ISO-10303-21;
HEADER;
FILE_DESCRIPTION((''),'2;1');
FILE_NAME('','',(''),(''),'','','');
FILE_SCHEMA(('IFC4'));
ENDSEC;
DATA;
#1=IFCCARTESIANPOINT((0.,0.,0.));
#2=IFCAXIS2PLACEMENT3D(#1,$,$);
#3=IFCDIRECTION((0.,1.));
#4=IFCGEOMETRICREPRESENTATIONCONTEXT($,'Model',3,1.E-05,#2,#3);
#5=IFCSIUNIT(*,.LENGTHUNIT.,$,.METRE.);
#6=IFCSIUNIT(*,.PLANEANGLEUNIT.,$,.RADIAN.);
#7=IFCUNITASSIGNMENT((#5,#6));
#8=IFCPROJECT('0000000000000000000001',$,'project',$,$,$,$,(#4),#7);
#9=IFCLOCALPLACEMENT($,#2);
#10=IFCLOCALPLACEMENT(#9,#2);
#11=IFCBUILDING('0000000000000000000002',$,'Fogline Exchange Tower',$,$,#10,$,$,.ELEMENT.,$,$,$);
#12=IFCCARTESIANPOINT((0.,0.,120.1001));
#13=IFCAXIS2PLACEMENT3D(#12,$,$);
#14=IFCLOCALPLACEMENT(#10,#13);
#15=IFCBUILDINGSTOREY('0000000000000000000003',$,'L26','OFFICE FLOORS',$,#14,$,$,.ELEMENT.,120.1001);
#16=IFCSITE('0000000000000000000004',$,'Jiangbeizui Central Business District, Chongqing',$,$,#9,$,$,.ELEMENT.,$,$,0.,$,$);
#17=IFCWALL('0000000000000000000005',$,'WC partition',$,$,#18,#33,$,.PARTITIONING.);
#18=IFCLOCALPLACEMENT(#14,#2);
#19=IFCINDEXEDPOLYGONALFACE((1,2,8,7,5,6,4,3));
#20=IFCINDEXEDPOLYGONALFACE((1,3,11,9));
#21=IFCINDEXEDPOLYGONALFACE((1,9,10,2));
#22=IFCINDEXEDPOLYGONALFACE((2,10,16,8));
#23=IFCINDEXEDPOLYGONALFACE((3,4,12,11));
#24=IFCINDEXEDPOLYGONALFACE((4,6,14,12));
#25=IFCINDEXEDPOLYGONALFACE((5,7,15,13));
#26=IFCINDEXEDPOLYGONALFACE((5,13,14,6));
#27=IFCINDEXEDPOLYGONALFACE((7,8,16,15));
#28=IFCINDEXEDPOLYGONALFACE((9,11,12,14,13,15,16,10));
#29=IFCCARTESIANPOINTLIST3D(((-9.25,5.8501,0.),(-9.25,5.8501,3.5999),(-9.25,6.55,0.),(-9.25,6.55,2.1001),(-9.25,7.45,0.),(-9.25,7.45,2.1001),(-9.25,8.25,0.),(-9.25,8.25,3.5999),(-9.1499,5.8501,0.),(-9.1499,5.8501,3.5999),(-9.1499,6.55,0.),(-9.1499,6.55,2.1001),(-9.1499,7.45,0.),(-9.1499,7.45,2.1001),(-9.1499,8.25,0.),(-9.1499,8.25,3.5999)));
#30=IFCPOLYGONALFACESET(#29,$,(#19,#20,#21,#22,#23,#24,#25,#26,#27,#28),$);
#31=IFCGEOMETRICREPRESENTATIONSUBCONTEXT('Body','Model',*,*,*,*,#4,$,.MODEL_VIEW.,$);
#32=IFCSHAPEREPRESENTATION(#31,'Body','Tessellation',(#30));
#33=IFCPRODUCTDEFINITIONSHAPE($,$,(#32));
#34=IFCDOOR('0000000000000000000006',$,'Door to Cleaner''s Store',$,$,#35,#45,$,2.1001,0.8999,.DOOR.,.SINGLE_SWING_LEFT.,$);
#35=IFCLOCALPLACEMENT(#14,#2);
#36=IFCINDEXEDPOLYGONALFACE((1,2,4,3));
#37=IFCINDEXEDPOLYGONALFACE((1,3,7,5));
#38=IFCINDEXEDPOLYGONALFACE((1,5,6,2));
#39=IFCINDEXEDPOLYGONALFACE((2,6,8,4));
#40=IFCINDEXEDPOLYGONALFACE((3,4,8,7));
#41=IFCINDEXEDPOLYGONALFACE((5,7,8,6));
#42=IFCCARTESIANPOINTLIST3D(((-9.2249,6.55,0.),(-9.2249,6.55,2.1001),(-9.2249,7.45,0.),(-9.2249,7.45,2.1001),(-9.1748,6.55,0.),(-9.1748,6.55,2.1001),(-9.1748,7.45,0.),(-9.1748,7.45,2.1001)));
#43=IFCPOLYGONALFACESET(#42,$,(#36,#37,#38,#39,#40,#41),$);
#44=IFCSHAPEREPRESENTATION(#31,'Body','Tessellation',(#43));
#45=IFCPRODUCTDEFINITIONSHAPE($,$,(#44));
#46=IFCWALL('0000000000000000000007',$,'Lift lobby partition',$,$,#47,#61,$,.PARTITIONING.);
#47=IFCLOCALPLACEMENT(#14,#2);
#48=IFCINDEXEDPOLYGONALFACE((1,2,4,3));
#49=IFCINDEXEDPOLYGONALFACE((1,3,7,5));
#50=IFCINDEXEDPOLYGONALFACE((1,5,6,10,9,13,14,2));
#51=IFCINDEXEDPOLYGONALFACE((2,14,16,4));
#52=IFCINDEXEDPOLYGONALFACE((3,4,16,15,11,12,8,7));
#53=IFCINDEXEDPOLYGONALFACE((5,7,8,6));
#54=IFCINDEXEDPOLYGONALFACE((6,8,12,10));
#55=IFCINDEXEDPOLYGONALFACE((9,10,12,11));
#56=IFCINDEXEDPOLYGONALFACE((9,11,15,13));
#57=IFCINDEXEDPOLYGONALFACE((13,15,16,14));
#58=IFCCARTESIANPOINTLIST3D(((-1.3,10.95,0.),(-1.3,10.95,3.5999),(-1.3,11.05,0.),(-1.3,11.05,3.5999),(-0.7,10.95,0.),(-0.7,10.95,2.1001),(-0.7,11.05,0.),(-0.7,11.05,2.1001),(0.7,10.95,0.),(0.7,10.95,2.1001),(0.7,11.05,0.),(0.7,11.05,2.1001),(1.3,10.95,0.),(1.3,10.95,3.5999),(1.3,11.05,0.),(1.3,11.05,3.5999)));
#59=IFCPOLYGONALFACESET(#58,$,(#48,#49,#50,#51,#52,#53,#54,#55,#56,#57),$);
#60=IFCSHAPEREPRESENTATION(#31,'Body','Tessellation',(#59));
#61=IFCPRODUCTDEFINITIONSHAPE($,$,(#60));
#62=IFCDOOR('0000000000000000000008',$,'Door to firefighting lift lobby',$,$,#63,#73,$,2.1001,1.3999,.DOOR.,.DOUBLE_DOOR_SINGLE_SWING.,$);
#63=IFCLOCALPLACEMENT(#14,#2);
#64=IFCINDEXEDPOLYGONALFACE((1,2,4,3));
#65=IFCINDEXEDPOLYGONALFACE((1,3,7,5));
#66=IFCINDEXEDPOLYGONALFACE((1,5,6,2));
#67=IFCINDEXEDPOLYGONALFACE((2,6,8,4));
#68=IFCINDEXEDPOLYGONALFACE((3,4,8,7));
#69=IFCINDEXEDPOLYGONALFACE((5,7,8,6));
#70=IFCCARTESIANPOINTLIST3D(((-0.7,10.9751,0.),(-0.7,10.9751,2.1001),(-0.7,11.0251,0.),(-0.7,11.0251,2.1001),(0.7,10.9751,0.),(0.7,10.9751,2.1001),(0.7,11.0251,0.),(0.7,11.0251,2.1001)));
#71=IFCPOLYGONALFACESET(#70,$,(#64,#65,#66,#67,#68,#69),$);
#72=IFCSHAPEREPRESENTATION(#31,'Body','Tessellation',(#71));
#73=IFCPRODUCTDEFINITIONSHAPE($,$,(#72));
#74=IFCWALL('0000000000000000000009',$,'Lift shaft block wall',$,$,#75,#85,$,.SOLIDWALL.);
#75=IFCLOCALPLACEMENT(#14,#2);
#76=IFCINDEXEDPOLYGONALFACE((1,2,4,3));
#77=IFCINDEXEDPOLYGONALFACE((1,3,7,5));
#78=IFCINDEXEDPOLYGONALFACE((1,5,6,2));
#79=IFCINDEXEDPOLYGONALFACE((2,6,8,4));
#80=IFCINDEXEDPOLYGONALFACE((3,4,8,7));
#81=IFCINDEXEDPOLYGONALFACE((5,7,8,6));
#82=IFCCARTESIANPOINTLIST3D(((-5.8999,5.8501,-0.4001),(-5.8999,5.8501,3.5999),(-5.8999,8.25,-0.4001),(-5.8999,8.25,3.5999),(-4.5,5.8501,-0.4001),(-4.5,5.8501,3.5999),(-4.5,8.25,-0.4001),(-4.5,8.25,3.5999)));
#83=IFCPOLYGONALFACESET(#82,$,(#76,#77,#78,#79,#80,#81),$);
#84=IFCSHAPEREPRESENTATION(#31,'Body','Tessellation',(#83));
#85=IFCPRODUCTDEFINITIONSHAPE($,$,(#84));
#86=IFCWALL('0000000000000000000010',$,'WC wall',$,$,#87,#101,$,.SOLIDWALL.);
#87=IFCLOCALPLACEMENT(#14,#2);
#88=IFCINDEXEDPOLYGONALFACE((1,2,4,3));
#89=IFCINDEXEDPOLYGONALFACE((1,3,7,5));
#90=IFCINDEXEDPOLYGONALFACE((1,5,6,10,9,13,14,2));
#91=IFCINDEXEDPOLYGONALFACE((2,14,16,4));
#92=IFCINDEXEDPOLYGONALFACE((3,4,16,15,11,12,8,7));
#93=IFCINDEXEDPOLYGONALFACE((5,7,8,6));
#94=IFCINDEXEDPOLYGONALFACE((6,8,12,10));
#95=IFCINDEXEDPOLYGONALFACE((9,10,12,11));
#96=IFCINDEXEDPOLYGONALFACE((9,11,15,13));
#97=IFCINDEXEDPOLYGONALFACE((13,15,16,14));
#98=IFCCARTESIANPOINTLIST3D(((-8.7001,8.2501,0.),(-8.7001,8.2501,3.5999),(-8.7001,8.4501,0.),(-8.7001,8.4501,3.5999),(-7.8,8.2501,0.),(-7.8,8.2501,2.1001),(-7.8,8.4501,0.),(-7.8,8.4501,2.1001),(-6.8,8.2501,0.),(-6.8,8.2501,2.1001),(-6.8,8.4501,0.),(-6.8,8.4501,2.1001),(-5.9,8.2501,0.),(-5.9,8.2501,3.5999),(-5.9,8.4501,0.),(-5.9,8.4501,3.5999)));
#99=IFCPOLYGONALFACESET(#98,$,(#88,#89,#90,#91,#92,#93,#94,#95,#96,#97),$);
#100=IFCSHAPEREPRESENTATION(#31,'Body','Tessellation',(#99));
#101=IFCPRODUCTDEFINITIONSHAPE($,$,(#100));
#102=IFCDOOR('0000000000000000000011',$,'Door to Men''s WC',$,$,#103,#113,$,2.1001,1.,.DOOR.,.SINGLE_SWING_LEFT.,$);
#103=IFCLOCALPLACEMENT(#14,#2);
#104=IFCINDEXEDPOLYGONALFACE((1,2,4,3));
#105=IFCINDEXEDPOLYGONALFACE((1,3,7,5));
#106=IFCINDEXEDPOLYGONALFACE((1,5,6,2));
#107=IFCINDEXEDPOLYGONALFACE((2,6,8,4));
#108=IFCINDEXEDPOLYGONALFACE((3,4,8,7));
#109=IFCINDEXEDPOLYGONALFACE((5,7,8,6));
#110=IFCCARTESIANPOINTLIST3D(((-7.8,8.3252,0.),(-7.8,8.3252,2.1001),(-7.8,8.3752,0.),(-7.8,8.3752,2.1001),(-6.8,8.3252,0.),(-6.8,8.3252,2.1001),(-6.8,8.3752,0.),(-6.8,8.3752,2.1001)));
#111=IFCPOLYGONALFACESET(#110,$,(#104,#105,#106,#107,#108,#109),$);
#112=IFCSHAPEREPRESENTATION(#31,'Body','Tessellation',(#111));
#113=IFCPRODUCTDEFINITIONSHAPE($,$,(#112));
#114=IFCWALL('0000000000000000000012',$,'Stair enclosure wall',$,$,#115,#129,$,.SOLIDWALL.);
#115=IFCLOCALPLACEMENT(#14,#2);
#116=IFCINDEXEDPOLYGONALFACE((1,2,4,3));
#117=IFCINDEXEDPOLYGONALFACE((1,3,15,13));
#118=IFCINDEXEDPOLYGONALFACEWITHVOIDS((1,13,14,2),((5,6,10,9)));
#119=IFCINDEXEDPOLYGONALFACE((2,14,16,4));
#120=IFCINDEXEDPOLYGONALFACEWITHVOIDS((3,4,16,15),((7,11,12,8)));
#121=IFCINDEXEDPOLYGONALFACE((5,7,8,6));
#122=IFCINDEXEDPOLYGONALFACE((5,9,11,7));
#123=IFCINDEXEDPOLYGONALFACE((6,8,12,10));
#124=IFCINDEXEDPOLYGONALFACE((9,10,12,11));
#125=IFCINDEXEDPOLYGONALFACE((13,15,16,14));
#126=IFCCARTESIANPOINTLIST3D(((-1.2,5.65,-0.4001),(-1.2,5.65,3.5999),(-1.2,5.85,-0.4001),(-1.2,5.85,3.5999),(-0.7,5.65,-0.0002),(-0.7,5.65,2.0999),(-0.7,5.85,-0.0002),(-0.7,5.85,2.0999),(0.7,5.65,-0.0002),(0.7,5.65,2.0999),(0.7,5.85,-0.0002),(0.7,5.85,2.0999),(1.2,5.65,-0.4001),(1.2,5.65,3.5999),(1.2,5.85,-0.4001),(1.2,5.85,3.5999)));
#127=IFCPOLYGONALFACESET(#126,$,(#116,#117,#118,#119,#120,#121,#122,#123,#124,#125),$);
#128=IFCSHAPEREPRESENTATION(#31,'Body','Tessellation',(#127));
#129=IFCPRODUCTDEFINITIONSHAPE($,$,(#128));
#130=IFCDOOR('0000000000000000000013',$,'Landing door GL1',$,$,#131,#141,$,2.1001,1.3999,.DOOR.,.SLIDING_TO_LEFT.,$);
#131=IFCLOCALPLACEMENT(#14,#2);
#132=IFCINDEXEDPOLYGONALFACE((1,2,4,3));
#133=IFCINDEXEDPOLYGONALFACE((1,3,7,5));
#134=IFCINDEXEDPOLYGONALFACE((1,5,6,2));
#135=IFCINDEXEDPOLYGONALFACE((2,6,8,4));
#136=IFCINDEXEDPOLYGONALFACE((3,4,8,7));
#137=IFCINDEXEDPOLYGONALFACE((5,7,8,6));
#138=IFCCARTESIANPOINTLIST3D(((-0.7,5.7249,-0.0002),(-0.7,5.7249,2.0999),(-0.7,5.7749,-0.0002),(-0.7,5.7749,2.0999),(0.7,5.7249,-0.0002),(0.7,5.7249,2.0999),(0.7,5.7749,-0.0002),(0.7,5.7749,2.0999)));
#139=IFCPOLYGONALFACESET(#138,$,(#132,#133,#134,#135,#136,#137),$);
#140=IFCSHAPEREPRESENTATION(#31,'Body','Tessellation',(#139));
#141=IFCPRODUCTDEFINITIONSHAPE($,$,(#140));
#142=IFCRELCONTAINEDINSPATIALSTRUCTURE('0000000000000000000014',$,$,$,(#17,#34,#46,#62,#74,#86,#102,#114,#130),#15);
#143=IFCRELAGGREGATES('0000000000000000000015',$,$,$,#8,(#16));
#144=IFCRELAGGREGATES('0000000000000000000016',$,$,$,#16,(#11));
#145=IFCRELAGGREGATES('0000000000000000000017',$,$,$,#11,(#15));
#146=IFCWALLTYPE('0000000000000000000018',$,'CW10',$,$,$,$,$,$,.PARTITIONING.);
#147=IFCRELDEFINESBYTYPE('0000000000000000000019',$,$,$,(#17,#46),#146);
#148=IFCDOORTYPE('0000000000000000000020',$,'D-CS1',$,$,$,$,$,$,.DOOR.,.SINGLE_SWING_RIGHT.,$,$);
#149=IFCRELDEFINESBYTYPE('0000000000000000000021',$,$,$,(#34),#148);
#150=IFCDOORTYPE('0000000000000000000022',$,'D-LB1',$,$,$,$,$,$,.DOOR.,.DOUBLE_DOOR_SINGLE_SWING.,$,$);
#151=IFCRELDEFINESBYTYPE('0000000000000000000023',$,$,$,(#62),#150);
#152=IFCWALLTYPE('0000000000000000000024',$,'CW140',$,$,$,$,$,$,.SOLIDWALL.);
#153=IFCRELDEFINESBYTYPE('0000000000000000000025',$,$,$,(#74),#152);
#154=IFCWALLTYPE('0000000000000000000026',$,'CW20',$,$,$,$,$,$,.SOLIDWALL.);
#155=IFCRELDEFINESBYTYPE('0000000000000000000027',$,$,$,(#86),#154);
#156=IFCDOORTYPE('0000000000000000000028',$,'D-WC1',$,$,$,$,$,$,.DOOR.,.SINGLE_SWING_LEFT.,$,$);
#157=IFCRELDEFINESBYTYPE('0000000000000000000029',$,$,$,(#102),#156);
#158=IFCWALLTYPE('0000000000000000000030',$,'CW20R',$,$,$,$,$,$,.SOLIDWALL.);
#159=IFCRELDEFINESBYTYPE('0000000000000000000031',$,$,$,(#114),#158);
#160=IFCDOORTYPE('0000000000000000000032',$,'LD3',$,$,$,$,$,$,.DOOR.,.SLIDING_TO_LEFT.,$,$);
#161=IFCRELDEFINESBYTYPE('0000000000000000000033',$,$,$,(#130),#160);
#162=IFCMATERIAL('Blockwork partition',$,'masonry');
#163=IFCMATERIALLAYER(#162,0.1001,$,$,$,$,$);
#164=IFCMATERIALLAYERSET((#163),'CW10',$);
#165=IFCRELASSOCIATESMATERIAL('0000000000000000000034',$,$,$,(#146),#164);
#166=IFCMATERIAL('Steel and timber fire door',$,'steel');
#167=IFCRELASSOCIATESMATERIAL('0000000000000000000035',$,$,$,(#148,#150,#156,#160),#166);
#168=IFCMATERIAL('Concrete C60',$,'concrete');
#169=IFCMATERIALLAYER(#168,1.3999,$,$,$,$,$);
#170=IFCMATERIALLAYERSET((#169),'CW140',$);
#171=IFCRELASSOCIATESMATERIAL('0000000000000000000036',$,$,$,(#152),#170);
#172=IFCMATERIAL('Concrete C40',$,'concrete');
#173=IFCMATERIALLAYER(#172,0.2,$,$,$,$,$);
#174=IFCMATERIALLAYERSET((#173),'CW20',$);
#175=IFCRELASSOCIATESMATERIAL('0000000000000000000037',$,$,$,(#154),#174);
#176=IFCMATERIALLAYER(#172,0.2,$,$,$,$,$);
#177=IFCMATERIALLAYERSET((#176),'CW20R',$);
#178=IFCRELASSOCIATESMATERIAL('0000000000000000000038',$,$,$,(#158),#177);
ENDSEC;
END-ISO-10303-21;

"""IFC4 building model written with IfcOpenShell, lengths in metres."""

from ifc_helpers import new_model, si_unit, direction, frame, frame_2d, origin, place, context, subcontext, project, spatial, rectangle, extrude, material, layer, layer_set, type_object, element, fill, save


model = new_model("IFC4")

# Units and contexts
model_context = context("Model", 3, precision=1e-05, world=origin(), true_north=direction((0.0, 1.0)))
body_context = subcontext(model_context, "Body", "Model", "MODEL_VIEW")
ifc_project = project(units=[si_unit("LENGTHUNIT", "METRE"), si_unit("PLANEANGLEUNIT", "RADIAN")], contexts=[model_context])

# Site, building, storey
site_placement = place(None, origin())
site = spatial("IfcSite", under=ifc_project, at=site_placement, Name="Jiangbeizui Central Business District, Chongqing", CompositionType="ELEMENT", RefElevation=0.0)
building_placement = place(site_placement, origin())
building = spatial("IfcBuilding", under=site, at=building_placement, Name="Fogline Exchange Tower", CompositionType="ELEMENT")
storey_placement = place(building_placement, frame((0.0, 0.0, 120.1001)))
storey = spatial("IfcBuildingStorey", under=building, at=storey_placement, Name="L26", Description="OFFICE FLOORS", CompositionType="ELEMENT", Elevation=120.1001)

# Walls, openings, doors
ifc_material_1 = material(Name="Blockwork partition", Category="masonry")
ifc_layer_1 = layer(ifc_material_1, 0.1001)
ifc_layer_set_1 = layer_set([ifc_layer_1], Name="CW10")
wall_type_1 = type_object("IfcWallType", Name="CW10", PredefinedType="PARTITIONING", material=ifc_layer_set_1)
wall_1_placement = place(storey_placement, frame((-9.2, 5.8501, 0.0), z_axis=(0.0, 0.0, 1.0), x_axis=(0.0, 1.0, 0.0)))
wall_1 = element("IfcWall", 1, at=wall_1_placement, inside=storey, type_object=wall_type_1, Name="WC partition", PredefinedType="PARTITIONING", context=body_context, shape_type="SweptSolid", body=[
    extrude(rectangle(XDim=2.3999, YDim=0.1001, at=frame_2d((1.2, 0.0))), origin(), (0.0, 0.0, 1.0), 3.5999),
])
opening_1_placement = place(wall_1_placement, frame((0.7, 0.0, 0.0)))
opening_1 = element("IfcOpeningElement", 2, at=opening_1_placement, cuts=wall_1, PredefinedType="OPENING", context=body_context, shape_type="SweptSolid", body=[
    extrude(rectangle(XDim=0.8999, YDim=2.1001, at=frame_2d((0.45, 1.05))), frame((0.0, 0.0601, 0.0), z_axis=(0.0, -1.0, 0.0), x_axis=(1.0, 0.0, 0.0)), (0.0, 0.0, 1.0), 0.1201),
])
ifc_material_2 = material(Name="Steel and timber fire door", Category="steel")
door_type_1 = type_object("IfcDoorType", Name="D-CS1", OperationType="SINGLE_SWING_RIGHT", PredefinedType="DOOR", material=ifc_material_2)
door_1_placement = place(opening_1_placement, origin())
door_1 = element("IfcDoor", 3, at=door_1_placement, inside=storey, type_object=door_type_1, Name="Door to Cleaner's Store", OperationType="SINGLE_SWING_LEFT", OverallHeight=2.1001, OverallWidth=0.8999, PredefinedType="DOOR", context=body_context, shape_type="SweptSolid", body=[
    extrude(rectangle(XDim=0.8999, YDim=2.1001, at=frame_2d((0.45, 1.05))), frame((0.0, 0.0249, 0.0), z_axis=(0.0, -1.0, 0.0), x_axis=(1.0, 0.0, 0.0)), (0.0, 0.0, 1.0), 0.05),
])
fill(opening_1, door_1)
wall_2_placement = place(storey_placement, frame((-1.3, 11.0, 0.0), z_axis=(0.0, 0.0, 1.0), x_axis=(1.0, 0.0, 0.0)))
wall_2 = element("IfcWall", 4, at=wall_2_placement, inside=storey, type_object=wall_type_1, Name="Lift lobby partition", PredefinedType="PARTITIONING", context=body_context, shape_type="SweptSolid", body=[
    extrude(rectangle(XDim=2.6001, YDim=0.1001, at=frame_2d((1.3, 0.0))), origin(), (0.0, 0.0, 1.0), 3.5999),
])
opening_2_placement = place(wall_2_placement, frame((0.6001, 0.0, 0.0)))
opening_2 = element("IfcOpeningElement", 5, at=opening_2_placement, cuts=wall_2, PredefinedType="OPENING", context=body_context, shape_type="SweptSolid", body=[
    extrude(rectangle(XDim=1.3999, YDim=2.1001, at=frame_2d((0.7, 1.05))), frame((0.0, 0.0601, 0.0), z_axis=(0.0, -1.0, 0.0), x_axis=(1.0, 0.0, 0.0)), (0.0, 0.0, 1.0), 0.1201),
])
door_type_2 = type_object("IfcDoorType", Name="D-LB1", OperationType="DOUBLE_DOOR_SINGLE_SWING", PredefinedType="DOOR", material=ifc_material_2)
door_2_placement = place(opening_2_placement, frame((1.3999, 0.0, 0.0), z_axis=(0.0, 0.0, 1.0), x_axis=(-1.0, 0.0, 0.0)))
door_2 = element("IfcDoor", 6, at=door_2_placement, inside=storey, type_object=door_type_2, Name="Door to firefighting lift lobby", OperationType="DOUBLE_DOOR_SINGLE_SWING", OverallHeight=2.1001, OverallWidth=1.3999, PredefinedType="DOOR", context=body_context, shape_type="SweptSolid", body=[
    extrude(rectangle(XDim=1.3999, YDim=2.1001, at=frame_2d((0.7, 1.05))), frame((0.0, 0.0249, 0.0), z_axis=(0.0, -1.0, 0.0), x_axis=(1.0, 0.0, 0.0)), (0.0, 0.0, 1.0), 0.05),
])
fill(opening_2, door_2)

# Wall
ifc_material_3 = material(Name="Concrete C60", Category="concrete")
ifc_layer_2 = layer(ifc_material_3, 1.3999)
ifc_layer_set_2 = layer_set([ifc_layer_2], Name="CW140")
wall_type_2 = type_object("IfcWallType", Name="CW140", PredefinedType="SOLIDWALL", material=ifc_layer_set_2)
wall_3_placement = place(storey_placement, frame((-5.2, 5.8501, -0.4001), z_axis=(0.0, 0.0, 1.0), x_axis=(0.0, 1.0, 0.0)))
element("IfcWall", 7, at=wall_3_placement, inside=storey, type_object=wall_type_2, Name="Lift shaft block wall", PredefinedType="SOLIDWALL", context=body_context, shape_type="SweptSolid", body=[
    extrude(rectangle(XDim=2.3999, YDim=1.3999, at=frame_2d((1.2, 0.0))), origin(), (0.0, 0.0, 1.0), 4.0),
])

# Walls, openings, doors
ifc_material_4 = material(Name="Concrete C40", Category="concrete")
ifc_layer_3 = layer(ifc_material_4, 0.2)
ifc_layer_set_3 = layer_set([ifc_layer_3], Name="CW20")
wall_type_3 = type_object("IfcWallType", Name="CW20", PredefinedType="SOLIDWALL", material=ifc_layer_set_3)
wall_4_placement = place(storey_placement, frame((-8.7, 8.3501, 0.0), z_axis=(0.0, 0.0, 1.0), x_axis=(1.0, 0.0, 0.0)))
wall_4 = element("IfcWall", 8, at=wall_4_placement, inside=storey, type_object=wall_type_3, Name="WC wall", PredefinedType="SOLIDWALL", context=body_context, shape_type="SweptSolid", body=[
    extrude(rectangle(XDim=2.8, YDim=0.2, at=frame_2d((1.3999, 0.0))), origin(), (0.0, 0.0, 1.0), 3.5999),
])
opening_3_placement = place(wall_4_placement, frame((0.8999, 0.0, 0.0)))
opening_3 = element("IfcOpeningElement", 9, at=opening_3_placement, cuts=wall_4, PredefinedType="OPENING", context=body_context, shape_type="SweptSolid", body=[
    extrude(rectangle(XDim=1.0, YDim=2.1001, at=frame_2d((0.5, 1.05))), frame((0.0, 0.1099, 0.0), z_axis=(0.0, -1.0, 0.0), x_axis=(1.0, 0.0, 0.0)), (0.0, 0.0, 1.0), 0.22),
])
door_type_3 = type_object("IfcDoorType", Name="D-WC1", OperationType="SINGLE_SWING_LEFT", PredefinedType="DOOR", material=ifc_material_2)
door_3_placement = place(opening_3_placement, frame((1.0, 0.0, 0.0), z_axis=(0.0, 0.0, 1.0), x_axis=(-1.0, 0.0, 0.0)))
door_3 = element("IfcDoor", 10, at=door_3_placement, inside=storey, type_object=door_type_3, Name="Door to Men's WC", OperationType="SINGLE_SWING_LEFT", OverallHeight=2.1001, OverallWidth=1.0, PredefinedType="DOOR", context=body_context, shape_type="SweptSolid", body=[
    extrude(rectangle(XDim=1.0, YDim=2.1001, at=frame_2d((0.5, 1.05))), frame((0.0, 0.0249, 0.0), z_axis=(0.0, -1.0, 0.0), x_axis=(1.0, 0.0, 0.0)), (0.0, 0.0, 1.0), 0.05),
])
fill(opening_3, door_3)
ifc_layer_4 = layer(ifc_material_4, 0.2)
ifc_layer_set_4 = layer_set([ifc_layer_4], Name="CW20R")
wall_type_4 = type_object("IfcWallType", Name="CW20R", PredefinedType="SOLIDWALL", material=ifc_layer_set_4)
wall_5_placement = place(storey_placement, frame((-1.2, 5.75, -0.4001), z_axis=(0.0, 0.0, 1.0), x_axis=(1.0, 0.0, 0.0)))
wall_5 = element("IfcWall", 11, at=wall_5_placement, inside=storey, type_object=wall_type_4, Name="Stair enclosure wall", PredefinedType="SOLIDWALL", context=body_context, shape_type="SweptSolid", body=[
    extrude(rectangle(XDim=2.3999, YDim=0.2, at=frame_2d((1.2, 0.0))), origin(), (0.0, 0.0, 1.0), 4.0),
])
opening_4_placement = place(wall_5_placement, frame((0.5, 0.0, 0.3999)))
opening_4 = element("IfcOpeningElement", 12, at=opening_4_placement, cuts=wall_5, PredefinedType="OPENING", context=body_context, shape_type="SweptSolid", body=[
    extrude(rectangle(XDim=1.3999, YDim=2.1001, at=frame_2d((0.7, 1.05))), frame((0.0, 0.1099, 0.0), z_axis=(0.0, -1.0, 0.0), x_axis=(1.0, 0.0, 0.0)), (0.0, 0.0, 1.0), 0.22),
])
door_type_4 = type_object("IfcDoorType", Name="LD3", OperationType="SLIDING_TO_LEFT", PredefinedType="DOOR", material=ifc_material_2)
door_4_placement = place(opening_4_placement, origin())
door_4 = element("IfcDoor", 13, at=door_4_placement, inside=storey, type_object=door_type_4, Name="Landing door GL1", OperationType="SLIDING_TO_LEFT", OverallHeight=2.1001, OverallWidth=1.3999, PredefinedType="DOOR", context=body_context, shape_type="SweptSolid", body=[
    extrude(rectangle(XDim=1.3999, YDim=2.1001, at=frame_2d((0.7, 1.05))), frame((0.0, 0.0249, 0.0), z_axis=(0.0, -1.0, 0.0), x_axis=(1.0, 0.0, 0.0)), (0.0, 0.0, 1.0), 0.05),
])
fill(opening_4, door_4)

save(model, "model.ifc")
